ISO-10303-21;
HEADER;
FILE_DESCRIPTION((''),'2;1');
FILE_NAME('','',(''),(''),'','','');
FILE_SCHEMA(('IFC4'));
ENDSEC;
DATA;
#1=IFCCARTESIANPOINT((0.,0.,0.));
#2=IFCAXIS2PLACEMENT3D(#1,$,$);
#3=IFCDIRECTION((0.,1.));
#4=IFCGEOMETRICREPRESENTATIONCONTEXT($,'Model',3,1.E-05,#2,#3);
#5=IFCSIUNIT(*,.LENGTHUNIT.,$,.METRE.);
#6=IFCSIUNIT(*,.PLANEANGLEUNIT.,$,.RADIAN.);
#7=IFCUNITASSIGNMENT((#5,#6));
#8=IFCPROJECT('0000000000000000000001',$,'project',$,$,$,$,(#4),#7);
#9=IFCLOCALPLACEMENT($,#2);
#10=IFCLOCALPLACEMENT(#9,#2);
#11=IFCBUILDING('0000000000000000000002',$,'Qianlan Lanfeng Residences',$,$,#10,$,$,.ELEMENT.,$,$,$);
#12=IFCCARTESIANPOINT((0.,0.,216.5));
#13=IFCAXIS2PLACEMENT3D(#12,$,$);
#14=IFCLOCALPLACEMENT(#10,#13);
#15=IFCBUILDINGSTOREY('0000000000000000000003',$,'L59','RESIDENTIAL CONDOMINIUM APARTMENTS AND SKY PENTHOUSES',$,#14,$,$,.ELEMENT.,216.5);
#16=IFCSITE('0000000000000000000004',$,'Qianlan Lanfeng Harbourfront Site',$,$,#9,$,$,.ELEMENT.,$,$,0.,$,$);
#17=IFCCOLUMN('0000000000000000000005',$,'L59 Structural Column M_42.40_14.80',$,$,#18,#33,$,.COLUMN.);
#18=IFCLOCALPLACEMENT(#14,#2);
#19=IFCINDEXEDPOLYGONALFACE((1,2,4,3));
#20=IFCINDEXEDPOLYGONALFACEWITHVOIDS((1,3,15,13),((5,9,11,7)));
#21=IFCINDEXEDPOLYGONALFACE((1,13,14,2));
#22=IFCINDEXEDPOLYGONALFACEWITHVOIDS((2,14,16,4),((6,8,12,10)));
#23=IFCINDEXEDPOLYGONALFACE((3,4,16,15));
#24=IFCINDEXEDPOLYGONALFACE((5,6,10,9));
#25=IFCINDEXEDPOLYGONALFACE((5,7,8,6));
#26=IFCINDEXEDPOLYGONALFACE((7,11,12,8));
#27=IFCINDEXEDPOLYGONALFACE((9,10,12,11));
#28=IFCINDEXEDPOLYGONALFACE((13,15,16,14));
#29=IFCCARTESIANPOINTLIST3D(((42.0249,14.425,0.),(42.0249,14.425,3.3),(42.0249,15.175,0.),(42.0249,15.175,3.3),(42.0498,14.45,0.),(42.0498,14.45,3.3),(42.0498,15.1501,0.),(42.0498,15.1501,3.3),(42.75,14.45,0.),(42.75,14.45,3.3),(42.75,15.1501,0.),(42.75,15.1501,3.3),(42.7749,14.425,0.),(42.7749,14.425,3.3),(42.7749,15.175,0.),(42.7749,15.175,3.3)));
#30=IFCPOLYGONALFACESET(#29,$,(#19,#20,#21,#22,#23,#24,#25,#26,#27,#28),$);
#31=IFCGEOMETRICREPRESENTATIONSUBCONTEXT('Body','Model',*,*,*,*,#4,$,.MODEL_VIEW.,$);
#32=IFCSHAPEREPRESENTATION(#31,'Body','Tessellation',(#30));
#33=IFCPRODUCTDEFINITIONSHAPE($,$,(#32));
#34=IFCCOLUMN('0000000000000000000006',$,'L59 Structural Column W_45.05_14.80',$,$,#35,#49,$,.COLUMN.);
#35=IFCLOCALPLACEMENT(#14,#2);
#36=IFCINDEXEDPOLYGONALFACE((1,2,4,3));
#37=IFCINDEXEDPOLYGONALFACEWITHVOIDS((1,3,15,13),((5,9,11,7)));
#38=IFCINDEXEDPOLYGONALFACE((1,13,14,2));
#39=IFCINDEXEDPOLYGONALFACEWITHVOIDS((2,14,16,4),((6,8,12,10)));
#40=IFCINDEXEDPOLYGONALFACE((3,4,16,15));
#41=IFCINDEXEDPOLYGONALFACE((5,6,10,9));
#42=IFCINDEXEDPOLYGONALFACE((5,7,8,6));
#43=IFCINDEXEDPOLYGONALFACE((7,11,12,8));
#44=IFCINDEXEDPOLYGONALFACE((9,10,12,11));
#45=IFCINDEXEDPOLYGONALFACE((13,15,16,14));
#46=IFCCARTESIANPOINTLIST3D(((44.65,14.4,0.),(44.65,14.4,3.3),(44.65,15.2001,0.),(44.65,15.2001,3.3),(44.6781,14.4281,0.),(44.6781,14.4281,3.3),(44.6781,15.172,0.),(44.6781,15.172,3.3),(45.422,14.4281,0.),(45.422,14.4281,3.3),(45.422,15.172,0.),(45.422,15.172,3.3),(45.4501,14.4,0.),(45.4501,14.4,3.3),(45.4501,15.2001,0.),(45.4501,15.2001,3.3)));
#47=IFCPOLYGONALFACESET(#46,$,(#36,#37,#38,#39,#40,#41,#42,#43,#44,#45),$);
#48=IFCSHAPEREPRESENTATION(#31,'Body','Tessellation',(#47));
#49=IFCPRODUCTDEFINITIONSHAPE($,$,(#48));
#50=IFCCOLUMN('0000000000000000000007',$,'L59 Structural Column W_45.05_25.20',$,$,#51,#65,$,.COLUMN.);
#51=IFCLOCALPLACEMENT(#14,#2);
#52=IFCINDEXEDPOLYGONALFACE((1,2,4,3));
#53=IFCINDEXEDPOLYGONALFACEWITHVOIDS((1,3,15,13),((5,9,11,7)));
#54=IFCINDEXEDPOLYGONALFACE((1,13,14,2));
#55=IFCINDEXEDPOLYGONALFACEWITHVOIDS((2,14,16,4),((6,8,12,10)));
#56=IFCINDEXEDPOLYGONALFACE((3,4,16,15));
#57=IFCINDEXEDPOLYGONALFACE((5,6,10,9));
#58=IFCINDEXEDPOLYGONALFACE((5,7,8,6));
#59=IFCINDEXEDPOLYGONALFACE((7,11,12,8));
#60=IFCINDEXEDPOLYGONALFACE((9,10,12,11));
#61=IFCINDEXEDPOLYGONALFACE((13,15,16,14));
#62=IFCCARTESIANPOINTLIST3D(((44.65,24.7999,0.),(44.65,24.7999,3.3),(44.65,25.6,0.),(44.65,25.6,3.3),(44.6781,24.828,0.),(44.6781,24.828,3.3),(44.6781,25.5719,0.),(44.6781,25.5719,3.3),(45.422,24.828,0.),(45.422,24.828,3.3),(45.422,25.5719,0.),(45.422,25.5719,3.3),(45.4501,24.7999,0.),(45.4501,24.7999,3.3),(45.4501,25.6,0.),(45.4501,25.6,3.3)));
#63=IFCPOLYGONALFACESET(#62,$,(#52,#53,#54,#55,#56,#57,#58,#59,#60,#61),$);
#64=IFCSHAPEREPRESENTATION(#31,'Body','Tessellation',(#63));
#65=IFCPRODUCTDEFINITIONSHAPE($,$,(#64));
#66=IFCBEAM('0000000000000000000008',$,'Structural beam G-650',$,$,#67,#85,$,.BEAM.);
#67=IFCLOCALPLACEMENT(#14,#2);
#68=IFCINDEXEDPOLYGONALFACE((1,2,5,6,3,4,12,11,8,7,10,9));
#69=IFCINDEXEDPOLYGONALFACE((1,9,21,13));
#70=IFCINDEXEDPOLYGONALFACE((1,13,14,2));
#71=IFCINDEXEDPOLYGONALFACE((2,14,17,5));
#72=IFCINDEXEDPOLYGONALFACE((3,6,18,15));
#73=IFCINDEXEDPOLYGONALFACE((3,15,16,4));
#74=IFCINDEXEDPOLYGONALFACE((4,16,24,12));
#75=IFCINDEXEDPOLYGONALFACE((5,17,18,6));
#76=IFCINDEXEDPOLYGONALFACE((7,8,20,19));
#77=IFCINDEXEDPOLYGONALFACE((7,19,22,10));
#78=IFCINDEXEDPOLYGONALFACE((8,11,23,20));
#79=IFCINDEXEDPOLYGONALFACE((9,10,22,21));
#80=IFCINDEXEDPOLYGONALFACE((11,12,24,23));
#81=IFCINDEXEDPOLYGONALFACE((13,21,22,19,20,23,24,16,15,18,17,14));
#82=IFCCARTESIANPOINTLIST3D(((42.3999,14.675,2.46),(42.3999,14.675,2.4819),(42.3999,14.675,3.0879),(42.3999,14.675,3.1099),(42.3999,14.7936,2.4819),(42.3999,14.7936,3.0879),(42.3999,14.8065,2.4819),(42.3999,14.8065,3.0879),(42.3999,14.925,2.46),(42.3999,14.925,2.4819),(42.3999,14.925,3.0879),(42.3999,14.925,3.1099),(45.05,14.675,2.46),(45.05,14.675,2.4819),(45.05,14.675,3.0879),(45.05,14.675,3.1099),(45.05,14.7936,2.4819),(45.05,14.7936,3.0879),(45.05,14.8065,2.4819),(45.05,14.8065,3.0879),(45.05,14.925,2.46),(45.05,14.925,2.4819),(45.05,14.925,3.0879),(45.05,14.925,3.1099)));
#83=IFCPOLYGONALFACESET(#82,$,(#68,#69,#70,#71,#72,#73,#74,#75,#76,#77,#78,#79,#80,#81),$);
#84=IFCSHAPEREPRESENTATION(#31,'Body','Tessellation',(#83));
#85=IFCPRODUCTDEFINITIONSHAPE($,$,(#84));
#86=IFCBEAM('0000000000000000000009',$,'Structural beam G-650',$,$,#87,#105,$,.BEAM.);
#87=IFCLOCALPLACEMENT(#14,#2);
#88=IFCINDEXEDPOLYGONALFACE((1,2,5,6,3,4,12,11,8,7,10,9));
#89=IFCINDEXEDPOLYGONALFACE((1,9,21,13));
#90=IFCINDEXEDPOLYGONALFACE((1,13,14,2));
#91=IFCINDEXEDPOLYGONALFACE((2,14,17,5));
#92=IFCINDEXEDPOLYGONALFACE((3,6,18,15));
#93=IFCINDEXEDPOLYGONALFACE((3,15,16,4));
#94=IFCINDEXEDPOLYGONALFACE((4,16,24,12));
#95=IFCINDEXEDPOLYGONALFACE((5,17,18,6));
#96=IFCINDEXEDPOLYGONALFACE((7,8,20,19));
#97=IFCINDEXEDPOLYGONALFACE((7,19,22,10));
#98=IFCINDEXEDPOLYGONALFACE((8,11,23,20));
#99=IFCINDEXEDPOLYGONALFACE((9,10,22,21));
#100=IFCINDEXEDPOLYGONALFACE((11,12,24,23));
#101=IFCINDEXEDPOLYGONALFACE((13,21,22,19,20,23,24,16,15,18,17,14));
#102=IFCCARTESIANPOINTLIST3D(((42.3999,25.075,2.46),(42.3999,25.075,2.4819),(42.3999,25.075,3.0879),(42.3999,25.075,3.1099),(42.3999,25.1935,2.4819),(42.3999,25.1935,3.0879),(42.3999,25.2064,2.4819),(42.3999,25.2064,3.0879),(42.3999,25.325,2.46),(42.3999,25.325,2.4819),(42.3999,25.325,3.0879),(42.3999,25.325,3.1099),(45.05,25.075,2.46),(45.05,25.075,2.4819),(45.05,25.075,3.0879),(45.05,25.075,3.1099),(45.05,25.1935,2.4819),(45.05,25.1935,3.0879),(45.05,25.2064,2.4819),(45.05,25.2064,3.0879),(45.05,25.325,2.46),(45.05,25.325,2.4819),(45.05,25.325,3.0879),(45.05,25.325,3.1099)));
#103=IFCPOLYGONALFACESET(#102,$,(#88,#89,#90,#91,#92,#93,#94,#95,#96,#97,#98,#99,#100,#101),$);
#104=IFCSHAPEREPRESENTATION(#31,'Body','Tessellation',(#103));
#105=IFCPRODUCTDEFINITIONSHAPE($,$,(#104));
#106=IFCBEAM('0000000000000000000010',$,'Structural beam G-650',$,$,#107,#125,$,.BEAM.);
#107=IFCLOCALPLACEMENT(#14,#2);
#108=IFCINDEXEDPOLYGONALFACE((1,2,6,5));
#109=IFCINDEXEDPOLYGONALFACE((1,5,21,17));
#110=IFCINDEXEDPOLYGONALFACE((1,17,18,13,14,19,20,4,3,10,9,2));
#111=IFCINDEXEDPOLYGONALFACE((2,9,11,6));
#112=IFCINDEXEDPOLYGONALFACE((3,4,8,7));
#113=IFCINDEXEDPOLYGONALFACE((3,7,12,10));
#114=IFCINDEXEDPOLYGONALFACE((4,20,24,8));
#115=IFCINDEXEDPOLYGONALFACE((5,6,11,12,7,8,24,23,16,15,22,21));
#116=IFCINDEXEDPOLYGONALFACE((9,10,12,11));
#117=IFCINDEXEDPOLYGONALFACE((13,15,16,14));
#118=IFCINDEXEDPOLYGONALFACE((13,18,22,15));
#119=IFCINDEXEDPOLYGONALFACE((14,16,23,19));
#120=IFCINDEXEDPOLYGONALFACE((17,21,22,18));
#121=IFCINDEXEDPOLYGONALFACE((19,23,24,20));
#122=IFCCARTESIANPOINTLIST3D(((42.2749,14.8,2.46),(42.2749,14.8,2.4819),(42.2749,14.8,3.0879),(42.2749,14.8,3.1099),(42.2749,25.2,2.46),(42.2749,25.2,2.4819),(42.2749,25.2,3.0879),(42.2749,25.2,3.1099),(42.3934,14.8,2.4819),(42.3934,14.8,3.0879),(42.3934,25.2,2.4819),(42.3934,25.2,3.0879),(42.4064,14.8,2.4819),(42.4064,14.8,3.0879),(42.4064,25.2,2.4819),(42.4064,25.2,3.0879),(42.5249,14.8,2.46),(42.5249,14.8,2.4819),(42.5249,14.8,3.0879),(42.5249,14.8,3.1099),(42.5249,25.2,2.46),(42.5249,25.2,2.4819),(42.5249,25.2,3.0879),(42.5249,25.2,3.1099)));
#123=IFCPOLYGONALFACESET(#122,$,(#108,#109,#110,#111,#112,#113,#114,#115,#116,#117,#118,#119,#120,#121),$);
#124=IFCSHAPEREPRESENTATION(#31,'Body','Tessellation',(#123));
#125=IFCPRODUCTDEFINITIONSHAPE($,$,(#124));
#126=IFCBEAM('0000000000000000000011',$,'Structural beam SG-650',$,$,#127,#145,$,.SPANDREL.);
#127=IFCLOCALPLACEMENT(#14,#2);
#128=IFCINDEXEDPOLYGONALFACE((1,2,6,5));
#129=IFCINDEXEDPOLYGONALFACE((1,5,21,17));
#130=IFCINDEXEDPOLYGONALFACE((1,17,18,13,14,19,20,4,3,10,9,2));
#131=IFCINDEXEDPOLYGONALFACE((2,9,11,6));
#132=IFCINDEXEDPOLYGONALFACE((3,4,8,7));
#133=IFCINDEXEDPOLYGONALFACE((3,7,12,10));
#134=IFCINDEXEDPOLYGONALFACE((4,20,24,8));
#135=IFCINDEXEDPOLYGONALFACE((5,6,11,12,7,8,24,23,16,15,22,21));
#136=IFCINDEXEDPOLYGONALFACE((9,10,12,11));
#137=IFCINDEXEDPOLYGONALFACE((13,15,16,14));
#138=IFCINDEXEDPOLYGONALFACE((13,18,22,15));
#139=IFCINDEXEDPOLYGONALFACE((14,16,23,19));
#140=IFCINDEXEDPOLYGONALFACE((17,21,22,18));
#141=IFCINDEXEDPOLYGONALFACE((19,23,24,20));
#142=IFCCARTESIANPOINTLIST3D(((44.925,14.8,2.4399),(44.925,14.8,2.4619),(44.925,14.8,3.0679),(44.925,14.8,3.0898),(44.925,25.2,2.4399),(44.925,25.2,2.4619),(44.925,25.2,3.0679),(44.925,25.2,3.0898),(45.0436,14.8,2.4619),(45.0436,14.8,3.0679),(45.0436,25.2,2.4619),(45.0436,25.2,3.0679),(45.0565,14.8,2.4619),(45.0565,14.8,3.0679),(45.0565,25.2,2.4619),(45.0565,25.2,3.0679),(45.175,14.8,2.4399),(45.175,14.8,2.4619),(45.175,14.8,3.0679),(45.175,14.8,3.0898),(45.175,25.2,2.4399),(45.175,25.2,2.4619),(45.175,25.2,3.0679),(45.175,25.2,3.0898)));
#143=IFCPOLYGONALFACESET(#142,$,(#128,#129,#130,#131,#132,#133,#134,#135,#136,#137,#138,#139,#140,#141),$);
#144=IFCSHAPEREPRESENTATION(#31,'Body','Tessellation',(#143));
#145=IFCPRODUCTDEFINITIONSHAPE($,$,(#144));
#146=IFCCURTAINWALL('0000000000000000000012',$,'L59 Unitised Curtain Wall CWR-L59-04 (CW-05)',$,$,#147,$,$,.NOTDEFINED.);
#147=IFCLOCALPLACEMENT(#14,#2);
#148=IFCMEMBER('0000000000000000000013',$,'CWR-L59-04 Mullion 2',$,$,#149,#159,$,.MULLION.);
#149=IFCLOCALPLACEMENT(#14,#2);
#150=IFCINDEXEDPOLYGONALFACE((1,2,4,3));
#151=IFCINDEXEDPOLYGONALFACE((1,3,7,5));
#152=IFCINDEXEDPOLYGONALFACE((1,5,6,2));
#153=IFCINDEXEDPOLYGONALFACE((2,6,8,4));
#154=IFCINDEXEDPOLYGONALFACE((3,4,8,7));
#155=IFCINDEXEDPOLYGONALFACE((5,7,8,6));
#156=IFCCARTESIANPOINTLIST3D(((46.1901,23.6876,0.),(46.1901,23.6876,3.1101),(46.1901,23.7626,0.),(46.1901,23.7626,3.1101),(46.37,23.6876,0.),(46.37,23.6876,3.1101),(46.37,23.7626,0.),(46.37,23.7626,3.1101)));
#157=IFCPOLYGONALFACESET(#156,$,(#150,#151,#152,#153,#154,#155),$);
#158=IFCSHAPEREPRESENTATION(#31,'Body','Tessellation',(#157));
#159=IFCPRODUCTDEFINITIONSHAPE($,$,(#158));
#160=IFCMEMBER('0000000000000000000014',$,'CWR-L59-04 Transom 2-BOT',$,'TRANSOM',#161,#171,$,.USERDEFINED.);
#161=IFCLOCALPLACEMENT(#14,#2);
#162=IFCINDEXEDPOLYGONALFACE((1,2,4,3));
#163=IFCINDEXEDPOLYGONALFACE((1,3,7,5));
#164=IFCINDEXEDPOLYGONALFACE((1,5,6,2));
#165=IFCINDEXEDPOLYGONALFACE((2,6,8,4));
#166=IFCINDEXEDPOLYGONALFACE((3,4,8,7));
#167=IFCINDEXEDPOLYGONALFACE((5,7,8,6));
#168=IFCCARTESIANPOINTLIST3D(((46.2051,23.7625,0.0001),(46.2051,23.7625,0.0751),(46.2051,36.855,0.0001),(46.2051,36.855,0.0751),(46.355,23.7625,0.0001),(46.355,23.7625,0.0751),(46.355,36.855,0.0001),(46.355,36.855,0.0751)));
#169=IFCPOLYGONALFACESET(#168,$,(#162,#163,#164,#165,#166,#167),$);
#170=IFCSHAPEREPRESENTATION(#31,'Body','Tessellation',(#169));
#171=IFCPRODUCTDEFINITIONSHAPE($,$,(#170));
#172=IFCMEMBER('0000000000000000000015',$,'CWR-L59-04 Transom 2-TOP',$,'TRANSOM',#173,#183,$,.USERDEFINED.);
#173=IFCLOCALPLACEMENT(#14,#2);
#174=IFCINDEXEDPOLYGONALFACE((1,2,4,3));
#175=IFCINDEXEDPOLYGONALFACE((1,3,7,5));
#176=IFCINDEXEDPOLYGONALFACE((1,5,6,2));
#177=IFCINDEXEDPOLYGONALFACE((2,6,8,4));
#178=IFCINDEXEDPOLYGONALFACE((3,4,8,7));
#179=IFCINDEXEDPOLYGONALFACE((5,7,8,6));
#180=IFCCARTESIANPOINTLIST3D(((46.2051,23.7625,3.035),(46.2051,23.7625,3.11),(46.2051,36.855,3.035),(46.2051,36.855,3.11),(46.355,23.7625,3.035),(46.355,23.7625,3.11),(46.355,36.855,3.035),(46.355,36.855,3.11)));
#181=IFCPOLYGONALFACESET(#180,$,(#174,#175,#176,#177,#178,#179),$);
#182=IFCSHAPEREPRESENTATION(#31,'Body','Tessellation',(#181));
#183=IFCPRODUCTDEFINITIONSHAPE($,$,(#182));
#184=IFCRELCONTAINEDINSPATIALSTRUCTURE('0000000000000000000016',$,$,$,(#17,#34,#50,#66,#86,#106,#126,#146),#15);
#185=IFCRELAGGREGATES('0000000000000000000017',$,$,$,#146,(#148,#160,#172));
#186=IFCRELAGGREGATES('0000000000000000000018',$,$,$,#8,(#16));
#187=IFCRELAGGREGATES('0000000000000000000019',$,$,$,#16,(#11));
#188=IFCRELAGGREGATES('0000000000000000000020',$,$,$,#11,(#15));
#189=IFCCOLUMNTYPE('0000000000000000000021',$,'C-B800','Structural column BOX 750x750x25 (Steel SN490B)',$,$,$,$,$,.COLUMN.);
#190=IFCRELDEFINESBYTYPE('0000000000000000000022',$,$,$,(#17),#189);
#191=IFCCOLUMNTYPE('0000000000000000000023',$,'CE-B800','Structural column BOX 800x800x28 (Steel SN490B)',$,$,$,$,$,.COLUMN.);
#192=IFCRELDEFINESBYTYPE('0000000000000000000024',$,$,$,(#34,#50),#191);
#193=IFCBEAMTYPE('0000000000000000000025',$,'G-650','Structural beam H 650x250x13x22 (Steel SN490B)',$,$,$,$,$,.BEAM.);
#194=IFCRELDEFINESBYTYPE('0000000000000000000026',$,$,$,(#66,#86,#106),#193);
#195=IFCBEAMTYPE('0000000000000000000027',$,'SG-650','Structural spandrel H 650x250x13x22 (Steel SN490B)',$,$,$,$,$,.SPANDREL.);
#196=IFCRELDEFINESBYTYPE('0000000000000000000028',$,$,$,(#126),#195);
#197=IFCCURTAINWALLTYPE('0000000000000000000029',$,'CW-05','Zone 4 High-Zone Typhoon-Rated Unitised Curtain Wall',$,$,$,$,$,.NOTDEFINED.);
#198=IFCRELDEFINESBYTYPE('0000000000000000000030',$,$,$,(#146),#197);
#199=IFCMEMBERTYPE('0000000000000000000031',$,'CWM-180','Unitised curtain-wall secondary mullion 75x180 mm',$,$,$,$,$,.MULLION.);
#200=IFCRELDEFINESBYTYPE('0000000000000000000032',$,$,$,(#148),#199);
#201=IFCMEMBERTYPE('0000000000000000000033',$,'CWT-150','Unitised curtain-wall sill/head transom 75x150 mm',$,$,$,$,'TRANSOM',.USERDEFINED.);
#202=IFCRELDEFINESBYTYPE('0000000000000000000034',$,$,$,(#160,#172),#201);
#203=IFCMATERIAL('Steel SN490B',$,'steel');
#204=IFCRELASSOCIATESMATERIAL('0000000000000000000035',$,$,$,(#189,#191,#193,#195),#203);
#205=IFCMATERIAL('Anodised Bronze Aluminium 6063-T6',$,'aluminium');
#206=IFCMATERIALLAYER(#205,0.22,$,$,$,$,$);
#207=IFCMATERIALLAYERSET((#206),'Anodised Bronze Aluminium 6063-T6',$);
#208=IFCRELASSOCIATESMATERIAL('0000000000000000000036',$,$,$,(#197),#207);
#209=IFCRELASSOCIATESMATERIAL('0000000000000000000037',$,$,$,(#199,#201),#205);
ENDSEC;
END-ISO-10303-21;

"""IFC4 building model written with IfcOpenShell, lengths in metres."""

from ifc_helpers import new_model, si_unit, direction, frame, origin, origin_2d, place, context, subcontext, project, spatial, rectangle, hollow_rectangle, i_section, extrude, source, transform, mapped, material, layer, layer_set, material_profile, profile_set, type_object, element, aggregate, save


model = new_model("IFC4")

# Units and contexts
model_context = context("Model", 3, precision=1e-05, world=origin(), true_north=direction((0.0, 1.0)))
body_context = subcontext(model_context, "Body", "Model", "MODEL_VIEW")
ifc_project = project(units=[si_unit("LENGTHUNIT", "METRE"), si_unit("PLANEANGLEUNIT", "RADIAN")], contexts=[model_context])

# Site, building, storey
site_placement = place(None, origin())
site = spatial("IfcSite", under=ifc_project, at=site_placement, Name="Qianlan Lanfeng Harbourfront Site", CompositionType="ELEMENT", RefElevation=0.0)
building_placement = place(site_placement, origin())
building = spatial("IfcBuilding", under=site, at=building_placement, Name="Qianlan Lanfeng Residences", CompositionType="ELEMENT")
storey_placement = place(building_placement, frame((0.0, 0.0, 216.5)))
storey = spatial("IfcBuildingStorey", under=building, at=storey_placement, Name="L59", Description="RESIDENTIAL CONDOMINIUM APARTMENTS AND SKY PENTHOUSES", CompositionType="ELEMENT", Elevation=216.5)

# Columns
ifc_material_1 = material(Name="Steel SN490B", Category="steel")
ifc_material_profile_1 = material_profile(ifc_material_1, hollow_rectangle(XDim=0.75, YDim=0.75, WallThickness=0.0249, at=origin_2d()), Name="BOX 750x750x25")
ifc_profile_set_1 = profile_set([ifc_material_profile_1], Name="Steel SN490B")
column_type_1 = type_object("IfcColumnType", Name="C-B800", Description="Structural column BOX 750x750x25 (Steel SN490B)", PredefinedType="COLUMN", material=ifc_profile_set_1)
column_placement = place(storey_placement, frame((42.3999, 14.8, 0.0), z_axis=(0.0, 0.0, 1.0), x_axis=(1.0, 0.0, 0.0)))
element("IfcColumn", 1, at=column_placement, inside=storey, type_object=column_type_1, Name="L59 Structural Column M_42.40_14.80", PredefinedType="COLUMN", context=body_context, shape_type="SweptSolid", body=[
    extrude(hollow_rectangle(XDim=0.75, YDim=0.75, WallThickness=0.0249, at=origin_2d()), origin(), (0.0, 0.0, 1.0), 3.3),
])
ifc_material_profile_2 = material_profile(ifc_material_1, hollow_rectangle(XDim=0.8, YDim=0.8, WallThickness=0.0281, at=origin_2d()), Name="BOX 800x800x28")
ifc_profile_set_2 = profile_set([ifc_material_profile_2], Name="Steel SN490B")
column_type_2 = type_object("IfcColumnType", Name="CE-B800", Description="Structural column BOX 800x800x28 (Steel SN490B)", PredefinedType="COLUMN", material=ifc_profile_set_2)
for number, where, z_axis, x_axis, name in (
    (2, (45.05, 14.8, 0.0), (0.0, 0.0, 1.0), (1.0, 0.0, 0.0), "L59 Structural Column W_45.05_14.80"),
    (3, (45.05, 25.2, 0.0), (0.0, 0.0, 1.0), (1.0, 0.0, 0.0), "L59 Structural Column W_45.05_25.20"),
):
    element("IfcColumn", number, at=place(storey_placement, frame(where, z_axis=z_axis, x_axis=x_axis)), inside=storey, type_object=column_type_2, Name=name, PredefinedType="COLUMN", context=body_context, shape_type="SweptSolid", body=[
        extrude(hollow_rectangle(XDim=0.8, YDim=0.8, WallThickness=0.0281, at=origin_2d()), origin(), (0.0, 0.0, 1.0), 3.3),
    ])

# Beams
ifc_material_profile_3 = material_profile(ifc_material_1, i_section(OverallWidth=0.25, OverallDepth=0.6499, WebThickness=0.0129, FlangeThickness=0.022, at=origin_2d()), Name="H 650x250x13x22")
ifc_profile_set_3 = profile_set([ifc_material_profile_3], Name="Steel SN490B")
beam_type_1 = type_object("IfcBeamType", Name="G-650", Description="Structural beam H 650x250x13x22 (Steel SN490B)", PredefinedType="BEAM", material=ifc_profile_set_3)
for number, where, z_axis, x_axis, name in (
    (4, (42.3999, 14.8, 2.7849), (1.0, 0.0, 0.0), (0.0, 1.0, 0.0), "Structural beam G-650"),
    (5, (42.3999, 25.2, 2.7849), (1.0, 0.0, 0.0), (0.0, 1.0, 0.0), "Structural beam G-650"),
):
    element("IfcBeam", number, at=place(storey_placement, frame(where, z_axis=z_axis, x_axis=x_axis)), inside=storey, type_object=beam_type_1, Name=name, PredefinedType="BEAM", context=body_context, shape_type="SweptSolid", body=[
        extrude(i_section(OverallWidth=0.25, OverallDepth=0.6499, WebThickness=0.0129, FlangeThickness=0.022, at=origin_2d()), origin(), (0.0, 0.0, 1.0), 2.6501),
    ])
beam_1_placement = place(storey_placement, frame((42.3999, 14.8, 2.7849), z_axis=(0.0, 1.0, 0.0), x_axis=(-1.0, 0.0, 0.0)))
element("IfcBeam", 6, at=beam_1_placement, inside=storey, type_object=beam_type_1, Name="Structural beam G-650", PredefinedType="BEAM", context=body_context, shape_type="SweptSolid", body=[
    extrude(i_section(OverallWidth=0.25, OverallDepth=0.6499, WebThickness=0.0129, FlangeThickness=0.022, at=origin_2d()), origin(), (0.0, 0.0, 1.0), 10.3999),
])
ifc_material_profile_4 = material_profile(ifc_material_1, i_section(OverallWidth=0.25, OverallDepth=0.6499, WebThickness=0.0129, FlangeThickness=0.022, at=origin_2d()), Name="H 650x250x13x22")
ifc_profile_set_4 = profile_set([ifc_material_profile_4], Name="Steel SN490B")
beam_type_2 = type_object("IfcBeamType", Name="SG-650", Description="Structural spandrel H 650x250x13x22 (Steel SN490B)", PredefinedType="SPANDREL", material=ifc_profile_set_4)
beam_2_placement = place(storey_placement, frame((45.05, 14.8, 2.7649), z_axis=(0.0, 1.0, 0.0), x_axis=(-1.0, 0.0, 0.0)))
element("IfcBeam", 7, at=beam_2_placement, inside=storey, type_object=beam_type_2, Name="Structural beam SG-650", PredefinedType="SPANDREL", context=body_context, shape_type="SweptSolid", body=[
    extrude(i_section(OverallWidth=0.25, OverallDepth=0.6499, WebThickness=0.0129, FlangeThickness=0.022, at=origin_2d()), origin(), (0.0, 0.0, 1.0), 10.3999),
])

# Curtain wall, members
ifc_material_2 = material(Name="Anodised Bronze Aluminium 6063-T6", Category="aluminium")
ifc_layer_1 = layer(ifc_material_2, 0.22)
ifc_layer_set_1 = layer_set([ifc_layer_1], Name="Anodised Bronze Aluminium 6063-T6")
curtain_wall_type = type_object("IfcCurtainWallType", Name="CW-05", Description="Zone 4 High-Zone Typhoon-Rated Unitised Curtain Wall", PredefinedType="NOTDEFINED", material=ifc_layer_set_1)
curtain_wall_placement = place(storey_placement, origin())
curtain_wall = element("IfcCurtainWall", 8, at=curtain_wall_placement, inside=storey, type_object=curtain_wall_type, Name="L59 Unitised Curtain Wall CWR-L59-04 (CW-05)", PredefinedType="NOTDEFINED")
ifc_material_profile_5 = material_profile(ifc_material_2, rectangle(XDim=0.075, YDim=0.1799, at=origin_2d()), Name="ALU MULLION 75x180")
ifc_profile_set_5 = profile_set([ifc_material_profile_5], Name="Anodised Bronze Aluminium 6063-T6")
member_type_1 = type_object("IfcMemberType", Name="CWM-180", Description="Unitised curtain-wall secondary mullion 75x180 mm", PredefinedType="MULLION", material=ifc_profile_set_5)
shared_shape_1 = source(origin(), body_context, "Body", "SweptSolid", [
    extrude(rectangle(XDim=0.075, YDim=0.1799, at=origin_2d()), origin(), (0.0, 0.0, 1.0), 3.1101),
])
member_1_placement = place(storey_placement, frame((46.28, 23.7251, 0.0), z_axis=(0.0, 0.0, 1.0), x_axis=(0.0, 1.0, 0.0)))
member_1 = element("IfcMember", 9, at=member_1_placement, type_object=member_type_1, Name="CWR-L59-04 Mullion 2", PredefinedType="MULLION", context=body_context, shape_type="MappedRepresentation", body=[
    mapped(shared_shape_1, transform((0.0, 0.0, 0.0), scale=1.0)),
])
ifc_material_profile_6 = material_profile(ifc_material_2, rectangle(XDim=0.075, YDim=0.1499, at=origin_2d()), Name="ALU TRANSOM 75x150")
ifc_profile_set_6 = profile_set([ifc_material_profile_6], Name="Anodised Bronze Aluminium 6063-T6")
member_type_2 = type_object("IfcMemberType", Name="CWT-150", Description="Unitised curtain-wall sill/head transom 75x150 mm", ElementType="TRANSOM", PredefinedType="USERDEFINED", material=ifc_profile_set_6)
shared_shape_2 = source(origin(), body_context, "Body", "SweptSolid", [
    extrude(rectangle(XDim=0.075, YDim=0.1499, at=origin_2d()), origin(), (0.0, 0.0, 1.0), 13.0925),
])
member_2_placement = place(storey_placement, frame((46.28, 23.7625, 0.0376), z_axis=(0.0, 1.0, 0.0), x_axis=(0.0, 0.0, 1.0)))
member_2 = element("IfcMember", 10, at=member_2_placement, type_object=member_type_2, Name="CWR-L59-04 Transom 2-BOT", ObjectType="TRANSOM", PredefinedType="USERDEFINED", context=body_context, shape_type="MappedRepresentation", body=[
    mapped(shared_shape_2, transform((0.0, 0.0, 0.0), scale=1.0)),
])
member_3_placement = place(storey_placement, frame((46.28, 23.7625, 3.0725), z_axis=(0.0, 1.0, 0.0), x_axis=(0.0, 0.0, 1.0)))
member_3 = element("IfcMember", 11, at=member_3_placement, type_object=member_type_2, Name="CWR-L59-04 Transom 2-TOP", ObjectType="TRANSOM", PredefinedType="USERDEFINED", context=body_context, shape_type="MappedRepresentation", body=[
    mapped(shared_shape_2, transform((0.0, 0.0, 0.0), scale=1.0)),
])
aggregate(curtain_wall, [member_1, member_2, member_3])

save(model, "model.ifc")
